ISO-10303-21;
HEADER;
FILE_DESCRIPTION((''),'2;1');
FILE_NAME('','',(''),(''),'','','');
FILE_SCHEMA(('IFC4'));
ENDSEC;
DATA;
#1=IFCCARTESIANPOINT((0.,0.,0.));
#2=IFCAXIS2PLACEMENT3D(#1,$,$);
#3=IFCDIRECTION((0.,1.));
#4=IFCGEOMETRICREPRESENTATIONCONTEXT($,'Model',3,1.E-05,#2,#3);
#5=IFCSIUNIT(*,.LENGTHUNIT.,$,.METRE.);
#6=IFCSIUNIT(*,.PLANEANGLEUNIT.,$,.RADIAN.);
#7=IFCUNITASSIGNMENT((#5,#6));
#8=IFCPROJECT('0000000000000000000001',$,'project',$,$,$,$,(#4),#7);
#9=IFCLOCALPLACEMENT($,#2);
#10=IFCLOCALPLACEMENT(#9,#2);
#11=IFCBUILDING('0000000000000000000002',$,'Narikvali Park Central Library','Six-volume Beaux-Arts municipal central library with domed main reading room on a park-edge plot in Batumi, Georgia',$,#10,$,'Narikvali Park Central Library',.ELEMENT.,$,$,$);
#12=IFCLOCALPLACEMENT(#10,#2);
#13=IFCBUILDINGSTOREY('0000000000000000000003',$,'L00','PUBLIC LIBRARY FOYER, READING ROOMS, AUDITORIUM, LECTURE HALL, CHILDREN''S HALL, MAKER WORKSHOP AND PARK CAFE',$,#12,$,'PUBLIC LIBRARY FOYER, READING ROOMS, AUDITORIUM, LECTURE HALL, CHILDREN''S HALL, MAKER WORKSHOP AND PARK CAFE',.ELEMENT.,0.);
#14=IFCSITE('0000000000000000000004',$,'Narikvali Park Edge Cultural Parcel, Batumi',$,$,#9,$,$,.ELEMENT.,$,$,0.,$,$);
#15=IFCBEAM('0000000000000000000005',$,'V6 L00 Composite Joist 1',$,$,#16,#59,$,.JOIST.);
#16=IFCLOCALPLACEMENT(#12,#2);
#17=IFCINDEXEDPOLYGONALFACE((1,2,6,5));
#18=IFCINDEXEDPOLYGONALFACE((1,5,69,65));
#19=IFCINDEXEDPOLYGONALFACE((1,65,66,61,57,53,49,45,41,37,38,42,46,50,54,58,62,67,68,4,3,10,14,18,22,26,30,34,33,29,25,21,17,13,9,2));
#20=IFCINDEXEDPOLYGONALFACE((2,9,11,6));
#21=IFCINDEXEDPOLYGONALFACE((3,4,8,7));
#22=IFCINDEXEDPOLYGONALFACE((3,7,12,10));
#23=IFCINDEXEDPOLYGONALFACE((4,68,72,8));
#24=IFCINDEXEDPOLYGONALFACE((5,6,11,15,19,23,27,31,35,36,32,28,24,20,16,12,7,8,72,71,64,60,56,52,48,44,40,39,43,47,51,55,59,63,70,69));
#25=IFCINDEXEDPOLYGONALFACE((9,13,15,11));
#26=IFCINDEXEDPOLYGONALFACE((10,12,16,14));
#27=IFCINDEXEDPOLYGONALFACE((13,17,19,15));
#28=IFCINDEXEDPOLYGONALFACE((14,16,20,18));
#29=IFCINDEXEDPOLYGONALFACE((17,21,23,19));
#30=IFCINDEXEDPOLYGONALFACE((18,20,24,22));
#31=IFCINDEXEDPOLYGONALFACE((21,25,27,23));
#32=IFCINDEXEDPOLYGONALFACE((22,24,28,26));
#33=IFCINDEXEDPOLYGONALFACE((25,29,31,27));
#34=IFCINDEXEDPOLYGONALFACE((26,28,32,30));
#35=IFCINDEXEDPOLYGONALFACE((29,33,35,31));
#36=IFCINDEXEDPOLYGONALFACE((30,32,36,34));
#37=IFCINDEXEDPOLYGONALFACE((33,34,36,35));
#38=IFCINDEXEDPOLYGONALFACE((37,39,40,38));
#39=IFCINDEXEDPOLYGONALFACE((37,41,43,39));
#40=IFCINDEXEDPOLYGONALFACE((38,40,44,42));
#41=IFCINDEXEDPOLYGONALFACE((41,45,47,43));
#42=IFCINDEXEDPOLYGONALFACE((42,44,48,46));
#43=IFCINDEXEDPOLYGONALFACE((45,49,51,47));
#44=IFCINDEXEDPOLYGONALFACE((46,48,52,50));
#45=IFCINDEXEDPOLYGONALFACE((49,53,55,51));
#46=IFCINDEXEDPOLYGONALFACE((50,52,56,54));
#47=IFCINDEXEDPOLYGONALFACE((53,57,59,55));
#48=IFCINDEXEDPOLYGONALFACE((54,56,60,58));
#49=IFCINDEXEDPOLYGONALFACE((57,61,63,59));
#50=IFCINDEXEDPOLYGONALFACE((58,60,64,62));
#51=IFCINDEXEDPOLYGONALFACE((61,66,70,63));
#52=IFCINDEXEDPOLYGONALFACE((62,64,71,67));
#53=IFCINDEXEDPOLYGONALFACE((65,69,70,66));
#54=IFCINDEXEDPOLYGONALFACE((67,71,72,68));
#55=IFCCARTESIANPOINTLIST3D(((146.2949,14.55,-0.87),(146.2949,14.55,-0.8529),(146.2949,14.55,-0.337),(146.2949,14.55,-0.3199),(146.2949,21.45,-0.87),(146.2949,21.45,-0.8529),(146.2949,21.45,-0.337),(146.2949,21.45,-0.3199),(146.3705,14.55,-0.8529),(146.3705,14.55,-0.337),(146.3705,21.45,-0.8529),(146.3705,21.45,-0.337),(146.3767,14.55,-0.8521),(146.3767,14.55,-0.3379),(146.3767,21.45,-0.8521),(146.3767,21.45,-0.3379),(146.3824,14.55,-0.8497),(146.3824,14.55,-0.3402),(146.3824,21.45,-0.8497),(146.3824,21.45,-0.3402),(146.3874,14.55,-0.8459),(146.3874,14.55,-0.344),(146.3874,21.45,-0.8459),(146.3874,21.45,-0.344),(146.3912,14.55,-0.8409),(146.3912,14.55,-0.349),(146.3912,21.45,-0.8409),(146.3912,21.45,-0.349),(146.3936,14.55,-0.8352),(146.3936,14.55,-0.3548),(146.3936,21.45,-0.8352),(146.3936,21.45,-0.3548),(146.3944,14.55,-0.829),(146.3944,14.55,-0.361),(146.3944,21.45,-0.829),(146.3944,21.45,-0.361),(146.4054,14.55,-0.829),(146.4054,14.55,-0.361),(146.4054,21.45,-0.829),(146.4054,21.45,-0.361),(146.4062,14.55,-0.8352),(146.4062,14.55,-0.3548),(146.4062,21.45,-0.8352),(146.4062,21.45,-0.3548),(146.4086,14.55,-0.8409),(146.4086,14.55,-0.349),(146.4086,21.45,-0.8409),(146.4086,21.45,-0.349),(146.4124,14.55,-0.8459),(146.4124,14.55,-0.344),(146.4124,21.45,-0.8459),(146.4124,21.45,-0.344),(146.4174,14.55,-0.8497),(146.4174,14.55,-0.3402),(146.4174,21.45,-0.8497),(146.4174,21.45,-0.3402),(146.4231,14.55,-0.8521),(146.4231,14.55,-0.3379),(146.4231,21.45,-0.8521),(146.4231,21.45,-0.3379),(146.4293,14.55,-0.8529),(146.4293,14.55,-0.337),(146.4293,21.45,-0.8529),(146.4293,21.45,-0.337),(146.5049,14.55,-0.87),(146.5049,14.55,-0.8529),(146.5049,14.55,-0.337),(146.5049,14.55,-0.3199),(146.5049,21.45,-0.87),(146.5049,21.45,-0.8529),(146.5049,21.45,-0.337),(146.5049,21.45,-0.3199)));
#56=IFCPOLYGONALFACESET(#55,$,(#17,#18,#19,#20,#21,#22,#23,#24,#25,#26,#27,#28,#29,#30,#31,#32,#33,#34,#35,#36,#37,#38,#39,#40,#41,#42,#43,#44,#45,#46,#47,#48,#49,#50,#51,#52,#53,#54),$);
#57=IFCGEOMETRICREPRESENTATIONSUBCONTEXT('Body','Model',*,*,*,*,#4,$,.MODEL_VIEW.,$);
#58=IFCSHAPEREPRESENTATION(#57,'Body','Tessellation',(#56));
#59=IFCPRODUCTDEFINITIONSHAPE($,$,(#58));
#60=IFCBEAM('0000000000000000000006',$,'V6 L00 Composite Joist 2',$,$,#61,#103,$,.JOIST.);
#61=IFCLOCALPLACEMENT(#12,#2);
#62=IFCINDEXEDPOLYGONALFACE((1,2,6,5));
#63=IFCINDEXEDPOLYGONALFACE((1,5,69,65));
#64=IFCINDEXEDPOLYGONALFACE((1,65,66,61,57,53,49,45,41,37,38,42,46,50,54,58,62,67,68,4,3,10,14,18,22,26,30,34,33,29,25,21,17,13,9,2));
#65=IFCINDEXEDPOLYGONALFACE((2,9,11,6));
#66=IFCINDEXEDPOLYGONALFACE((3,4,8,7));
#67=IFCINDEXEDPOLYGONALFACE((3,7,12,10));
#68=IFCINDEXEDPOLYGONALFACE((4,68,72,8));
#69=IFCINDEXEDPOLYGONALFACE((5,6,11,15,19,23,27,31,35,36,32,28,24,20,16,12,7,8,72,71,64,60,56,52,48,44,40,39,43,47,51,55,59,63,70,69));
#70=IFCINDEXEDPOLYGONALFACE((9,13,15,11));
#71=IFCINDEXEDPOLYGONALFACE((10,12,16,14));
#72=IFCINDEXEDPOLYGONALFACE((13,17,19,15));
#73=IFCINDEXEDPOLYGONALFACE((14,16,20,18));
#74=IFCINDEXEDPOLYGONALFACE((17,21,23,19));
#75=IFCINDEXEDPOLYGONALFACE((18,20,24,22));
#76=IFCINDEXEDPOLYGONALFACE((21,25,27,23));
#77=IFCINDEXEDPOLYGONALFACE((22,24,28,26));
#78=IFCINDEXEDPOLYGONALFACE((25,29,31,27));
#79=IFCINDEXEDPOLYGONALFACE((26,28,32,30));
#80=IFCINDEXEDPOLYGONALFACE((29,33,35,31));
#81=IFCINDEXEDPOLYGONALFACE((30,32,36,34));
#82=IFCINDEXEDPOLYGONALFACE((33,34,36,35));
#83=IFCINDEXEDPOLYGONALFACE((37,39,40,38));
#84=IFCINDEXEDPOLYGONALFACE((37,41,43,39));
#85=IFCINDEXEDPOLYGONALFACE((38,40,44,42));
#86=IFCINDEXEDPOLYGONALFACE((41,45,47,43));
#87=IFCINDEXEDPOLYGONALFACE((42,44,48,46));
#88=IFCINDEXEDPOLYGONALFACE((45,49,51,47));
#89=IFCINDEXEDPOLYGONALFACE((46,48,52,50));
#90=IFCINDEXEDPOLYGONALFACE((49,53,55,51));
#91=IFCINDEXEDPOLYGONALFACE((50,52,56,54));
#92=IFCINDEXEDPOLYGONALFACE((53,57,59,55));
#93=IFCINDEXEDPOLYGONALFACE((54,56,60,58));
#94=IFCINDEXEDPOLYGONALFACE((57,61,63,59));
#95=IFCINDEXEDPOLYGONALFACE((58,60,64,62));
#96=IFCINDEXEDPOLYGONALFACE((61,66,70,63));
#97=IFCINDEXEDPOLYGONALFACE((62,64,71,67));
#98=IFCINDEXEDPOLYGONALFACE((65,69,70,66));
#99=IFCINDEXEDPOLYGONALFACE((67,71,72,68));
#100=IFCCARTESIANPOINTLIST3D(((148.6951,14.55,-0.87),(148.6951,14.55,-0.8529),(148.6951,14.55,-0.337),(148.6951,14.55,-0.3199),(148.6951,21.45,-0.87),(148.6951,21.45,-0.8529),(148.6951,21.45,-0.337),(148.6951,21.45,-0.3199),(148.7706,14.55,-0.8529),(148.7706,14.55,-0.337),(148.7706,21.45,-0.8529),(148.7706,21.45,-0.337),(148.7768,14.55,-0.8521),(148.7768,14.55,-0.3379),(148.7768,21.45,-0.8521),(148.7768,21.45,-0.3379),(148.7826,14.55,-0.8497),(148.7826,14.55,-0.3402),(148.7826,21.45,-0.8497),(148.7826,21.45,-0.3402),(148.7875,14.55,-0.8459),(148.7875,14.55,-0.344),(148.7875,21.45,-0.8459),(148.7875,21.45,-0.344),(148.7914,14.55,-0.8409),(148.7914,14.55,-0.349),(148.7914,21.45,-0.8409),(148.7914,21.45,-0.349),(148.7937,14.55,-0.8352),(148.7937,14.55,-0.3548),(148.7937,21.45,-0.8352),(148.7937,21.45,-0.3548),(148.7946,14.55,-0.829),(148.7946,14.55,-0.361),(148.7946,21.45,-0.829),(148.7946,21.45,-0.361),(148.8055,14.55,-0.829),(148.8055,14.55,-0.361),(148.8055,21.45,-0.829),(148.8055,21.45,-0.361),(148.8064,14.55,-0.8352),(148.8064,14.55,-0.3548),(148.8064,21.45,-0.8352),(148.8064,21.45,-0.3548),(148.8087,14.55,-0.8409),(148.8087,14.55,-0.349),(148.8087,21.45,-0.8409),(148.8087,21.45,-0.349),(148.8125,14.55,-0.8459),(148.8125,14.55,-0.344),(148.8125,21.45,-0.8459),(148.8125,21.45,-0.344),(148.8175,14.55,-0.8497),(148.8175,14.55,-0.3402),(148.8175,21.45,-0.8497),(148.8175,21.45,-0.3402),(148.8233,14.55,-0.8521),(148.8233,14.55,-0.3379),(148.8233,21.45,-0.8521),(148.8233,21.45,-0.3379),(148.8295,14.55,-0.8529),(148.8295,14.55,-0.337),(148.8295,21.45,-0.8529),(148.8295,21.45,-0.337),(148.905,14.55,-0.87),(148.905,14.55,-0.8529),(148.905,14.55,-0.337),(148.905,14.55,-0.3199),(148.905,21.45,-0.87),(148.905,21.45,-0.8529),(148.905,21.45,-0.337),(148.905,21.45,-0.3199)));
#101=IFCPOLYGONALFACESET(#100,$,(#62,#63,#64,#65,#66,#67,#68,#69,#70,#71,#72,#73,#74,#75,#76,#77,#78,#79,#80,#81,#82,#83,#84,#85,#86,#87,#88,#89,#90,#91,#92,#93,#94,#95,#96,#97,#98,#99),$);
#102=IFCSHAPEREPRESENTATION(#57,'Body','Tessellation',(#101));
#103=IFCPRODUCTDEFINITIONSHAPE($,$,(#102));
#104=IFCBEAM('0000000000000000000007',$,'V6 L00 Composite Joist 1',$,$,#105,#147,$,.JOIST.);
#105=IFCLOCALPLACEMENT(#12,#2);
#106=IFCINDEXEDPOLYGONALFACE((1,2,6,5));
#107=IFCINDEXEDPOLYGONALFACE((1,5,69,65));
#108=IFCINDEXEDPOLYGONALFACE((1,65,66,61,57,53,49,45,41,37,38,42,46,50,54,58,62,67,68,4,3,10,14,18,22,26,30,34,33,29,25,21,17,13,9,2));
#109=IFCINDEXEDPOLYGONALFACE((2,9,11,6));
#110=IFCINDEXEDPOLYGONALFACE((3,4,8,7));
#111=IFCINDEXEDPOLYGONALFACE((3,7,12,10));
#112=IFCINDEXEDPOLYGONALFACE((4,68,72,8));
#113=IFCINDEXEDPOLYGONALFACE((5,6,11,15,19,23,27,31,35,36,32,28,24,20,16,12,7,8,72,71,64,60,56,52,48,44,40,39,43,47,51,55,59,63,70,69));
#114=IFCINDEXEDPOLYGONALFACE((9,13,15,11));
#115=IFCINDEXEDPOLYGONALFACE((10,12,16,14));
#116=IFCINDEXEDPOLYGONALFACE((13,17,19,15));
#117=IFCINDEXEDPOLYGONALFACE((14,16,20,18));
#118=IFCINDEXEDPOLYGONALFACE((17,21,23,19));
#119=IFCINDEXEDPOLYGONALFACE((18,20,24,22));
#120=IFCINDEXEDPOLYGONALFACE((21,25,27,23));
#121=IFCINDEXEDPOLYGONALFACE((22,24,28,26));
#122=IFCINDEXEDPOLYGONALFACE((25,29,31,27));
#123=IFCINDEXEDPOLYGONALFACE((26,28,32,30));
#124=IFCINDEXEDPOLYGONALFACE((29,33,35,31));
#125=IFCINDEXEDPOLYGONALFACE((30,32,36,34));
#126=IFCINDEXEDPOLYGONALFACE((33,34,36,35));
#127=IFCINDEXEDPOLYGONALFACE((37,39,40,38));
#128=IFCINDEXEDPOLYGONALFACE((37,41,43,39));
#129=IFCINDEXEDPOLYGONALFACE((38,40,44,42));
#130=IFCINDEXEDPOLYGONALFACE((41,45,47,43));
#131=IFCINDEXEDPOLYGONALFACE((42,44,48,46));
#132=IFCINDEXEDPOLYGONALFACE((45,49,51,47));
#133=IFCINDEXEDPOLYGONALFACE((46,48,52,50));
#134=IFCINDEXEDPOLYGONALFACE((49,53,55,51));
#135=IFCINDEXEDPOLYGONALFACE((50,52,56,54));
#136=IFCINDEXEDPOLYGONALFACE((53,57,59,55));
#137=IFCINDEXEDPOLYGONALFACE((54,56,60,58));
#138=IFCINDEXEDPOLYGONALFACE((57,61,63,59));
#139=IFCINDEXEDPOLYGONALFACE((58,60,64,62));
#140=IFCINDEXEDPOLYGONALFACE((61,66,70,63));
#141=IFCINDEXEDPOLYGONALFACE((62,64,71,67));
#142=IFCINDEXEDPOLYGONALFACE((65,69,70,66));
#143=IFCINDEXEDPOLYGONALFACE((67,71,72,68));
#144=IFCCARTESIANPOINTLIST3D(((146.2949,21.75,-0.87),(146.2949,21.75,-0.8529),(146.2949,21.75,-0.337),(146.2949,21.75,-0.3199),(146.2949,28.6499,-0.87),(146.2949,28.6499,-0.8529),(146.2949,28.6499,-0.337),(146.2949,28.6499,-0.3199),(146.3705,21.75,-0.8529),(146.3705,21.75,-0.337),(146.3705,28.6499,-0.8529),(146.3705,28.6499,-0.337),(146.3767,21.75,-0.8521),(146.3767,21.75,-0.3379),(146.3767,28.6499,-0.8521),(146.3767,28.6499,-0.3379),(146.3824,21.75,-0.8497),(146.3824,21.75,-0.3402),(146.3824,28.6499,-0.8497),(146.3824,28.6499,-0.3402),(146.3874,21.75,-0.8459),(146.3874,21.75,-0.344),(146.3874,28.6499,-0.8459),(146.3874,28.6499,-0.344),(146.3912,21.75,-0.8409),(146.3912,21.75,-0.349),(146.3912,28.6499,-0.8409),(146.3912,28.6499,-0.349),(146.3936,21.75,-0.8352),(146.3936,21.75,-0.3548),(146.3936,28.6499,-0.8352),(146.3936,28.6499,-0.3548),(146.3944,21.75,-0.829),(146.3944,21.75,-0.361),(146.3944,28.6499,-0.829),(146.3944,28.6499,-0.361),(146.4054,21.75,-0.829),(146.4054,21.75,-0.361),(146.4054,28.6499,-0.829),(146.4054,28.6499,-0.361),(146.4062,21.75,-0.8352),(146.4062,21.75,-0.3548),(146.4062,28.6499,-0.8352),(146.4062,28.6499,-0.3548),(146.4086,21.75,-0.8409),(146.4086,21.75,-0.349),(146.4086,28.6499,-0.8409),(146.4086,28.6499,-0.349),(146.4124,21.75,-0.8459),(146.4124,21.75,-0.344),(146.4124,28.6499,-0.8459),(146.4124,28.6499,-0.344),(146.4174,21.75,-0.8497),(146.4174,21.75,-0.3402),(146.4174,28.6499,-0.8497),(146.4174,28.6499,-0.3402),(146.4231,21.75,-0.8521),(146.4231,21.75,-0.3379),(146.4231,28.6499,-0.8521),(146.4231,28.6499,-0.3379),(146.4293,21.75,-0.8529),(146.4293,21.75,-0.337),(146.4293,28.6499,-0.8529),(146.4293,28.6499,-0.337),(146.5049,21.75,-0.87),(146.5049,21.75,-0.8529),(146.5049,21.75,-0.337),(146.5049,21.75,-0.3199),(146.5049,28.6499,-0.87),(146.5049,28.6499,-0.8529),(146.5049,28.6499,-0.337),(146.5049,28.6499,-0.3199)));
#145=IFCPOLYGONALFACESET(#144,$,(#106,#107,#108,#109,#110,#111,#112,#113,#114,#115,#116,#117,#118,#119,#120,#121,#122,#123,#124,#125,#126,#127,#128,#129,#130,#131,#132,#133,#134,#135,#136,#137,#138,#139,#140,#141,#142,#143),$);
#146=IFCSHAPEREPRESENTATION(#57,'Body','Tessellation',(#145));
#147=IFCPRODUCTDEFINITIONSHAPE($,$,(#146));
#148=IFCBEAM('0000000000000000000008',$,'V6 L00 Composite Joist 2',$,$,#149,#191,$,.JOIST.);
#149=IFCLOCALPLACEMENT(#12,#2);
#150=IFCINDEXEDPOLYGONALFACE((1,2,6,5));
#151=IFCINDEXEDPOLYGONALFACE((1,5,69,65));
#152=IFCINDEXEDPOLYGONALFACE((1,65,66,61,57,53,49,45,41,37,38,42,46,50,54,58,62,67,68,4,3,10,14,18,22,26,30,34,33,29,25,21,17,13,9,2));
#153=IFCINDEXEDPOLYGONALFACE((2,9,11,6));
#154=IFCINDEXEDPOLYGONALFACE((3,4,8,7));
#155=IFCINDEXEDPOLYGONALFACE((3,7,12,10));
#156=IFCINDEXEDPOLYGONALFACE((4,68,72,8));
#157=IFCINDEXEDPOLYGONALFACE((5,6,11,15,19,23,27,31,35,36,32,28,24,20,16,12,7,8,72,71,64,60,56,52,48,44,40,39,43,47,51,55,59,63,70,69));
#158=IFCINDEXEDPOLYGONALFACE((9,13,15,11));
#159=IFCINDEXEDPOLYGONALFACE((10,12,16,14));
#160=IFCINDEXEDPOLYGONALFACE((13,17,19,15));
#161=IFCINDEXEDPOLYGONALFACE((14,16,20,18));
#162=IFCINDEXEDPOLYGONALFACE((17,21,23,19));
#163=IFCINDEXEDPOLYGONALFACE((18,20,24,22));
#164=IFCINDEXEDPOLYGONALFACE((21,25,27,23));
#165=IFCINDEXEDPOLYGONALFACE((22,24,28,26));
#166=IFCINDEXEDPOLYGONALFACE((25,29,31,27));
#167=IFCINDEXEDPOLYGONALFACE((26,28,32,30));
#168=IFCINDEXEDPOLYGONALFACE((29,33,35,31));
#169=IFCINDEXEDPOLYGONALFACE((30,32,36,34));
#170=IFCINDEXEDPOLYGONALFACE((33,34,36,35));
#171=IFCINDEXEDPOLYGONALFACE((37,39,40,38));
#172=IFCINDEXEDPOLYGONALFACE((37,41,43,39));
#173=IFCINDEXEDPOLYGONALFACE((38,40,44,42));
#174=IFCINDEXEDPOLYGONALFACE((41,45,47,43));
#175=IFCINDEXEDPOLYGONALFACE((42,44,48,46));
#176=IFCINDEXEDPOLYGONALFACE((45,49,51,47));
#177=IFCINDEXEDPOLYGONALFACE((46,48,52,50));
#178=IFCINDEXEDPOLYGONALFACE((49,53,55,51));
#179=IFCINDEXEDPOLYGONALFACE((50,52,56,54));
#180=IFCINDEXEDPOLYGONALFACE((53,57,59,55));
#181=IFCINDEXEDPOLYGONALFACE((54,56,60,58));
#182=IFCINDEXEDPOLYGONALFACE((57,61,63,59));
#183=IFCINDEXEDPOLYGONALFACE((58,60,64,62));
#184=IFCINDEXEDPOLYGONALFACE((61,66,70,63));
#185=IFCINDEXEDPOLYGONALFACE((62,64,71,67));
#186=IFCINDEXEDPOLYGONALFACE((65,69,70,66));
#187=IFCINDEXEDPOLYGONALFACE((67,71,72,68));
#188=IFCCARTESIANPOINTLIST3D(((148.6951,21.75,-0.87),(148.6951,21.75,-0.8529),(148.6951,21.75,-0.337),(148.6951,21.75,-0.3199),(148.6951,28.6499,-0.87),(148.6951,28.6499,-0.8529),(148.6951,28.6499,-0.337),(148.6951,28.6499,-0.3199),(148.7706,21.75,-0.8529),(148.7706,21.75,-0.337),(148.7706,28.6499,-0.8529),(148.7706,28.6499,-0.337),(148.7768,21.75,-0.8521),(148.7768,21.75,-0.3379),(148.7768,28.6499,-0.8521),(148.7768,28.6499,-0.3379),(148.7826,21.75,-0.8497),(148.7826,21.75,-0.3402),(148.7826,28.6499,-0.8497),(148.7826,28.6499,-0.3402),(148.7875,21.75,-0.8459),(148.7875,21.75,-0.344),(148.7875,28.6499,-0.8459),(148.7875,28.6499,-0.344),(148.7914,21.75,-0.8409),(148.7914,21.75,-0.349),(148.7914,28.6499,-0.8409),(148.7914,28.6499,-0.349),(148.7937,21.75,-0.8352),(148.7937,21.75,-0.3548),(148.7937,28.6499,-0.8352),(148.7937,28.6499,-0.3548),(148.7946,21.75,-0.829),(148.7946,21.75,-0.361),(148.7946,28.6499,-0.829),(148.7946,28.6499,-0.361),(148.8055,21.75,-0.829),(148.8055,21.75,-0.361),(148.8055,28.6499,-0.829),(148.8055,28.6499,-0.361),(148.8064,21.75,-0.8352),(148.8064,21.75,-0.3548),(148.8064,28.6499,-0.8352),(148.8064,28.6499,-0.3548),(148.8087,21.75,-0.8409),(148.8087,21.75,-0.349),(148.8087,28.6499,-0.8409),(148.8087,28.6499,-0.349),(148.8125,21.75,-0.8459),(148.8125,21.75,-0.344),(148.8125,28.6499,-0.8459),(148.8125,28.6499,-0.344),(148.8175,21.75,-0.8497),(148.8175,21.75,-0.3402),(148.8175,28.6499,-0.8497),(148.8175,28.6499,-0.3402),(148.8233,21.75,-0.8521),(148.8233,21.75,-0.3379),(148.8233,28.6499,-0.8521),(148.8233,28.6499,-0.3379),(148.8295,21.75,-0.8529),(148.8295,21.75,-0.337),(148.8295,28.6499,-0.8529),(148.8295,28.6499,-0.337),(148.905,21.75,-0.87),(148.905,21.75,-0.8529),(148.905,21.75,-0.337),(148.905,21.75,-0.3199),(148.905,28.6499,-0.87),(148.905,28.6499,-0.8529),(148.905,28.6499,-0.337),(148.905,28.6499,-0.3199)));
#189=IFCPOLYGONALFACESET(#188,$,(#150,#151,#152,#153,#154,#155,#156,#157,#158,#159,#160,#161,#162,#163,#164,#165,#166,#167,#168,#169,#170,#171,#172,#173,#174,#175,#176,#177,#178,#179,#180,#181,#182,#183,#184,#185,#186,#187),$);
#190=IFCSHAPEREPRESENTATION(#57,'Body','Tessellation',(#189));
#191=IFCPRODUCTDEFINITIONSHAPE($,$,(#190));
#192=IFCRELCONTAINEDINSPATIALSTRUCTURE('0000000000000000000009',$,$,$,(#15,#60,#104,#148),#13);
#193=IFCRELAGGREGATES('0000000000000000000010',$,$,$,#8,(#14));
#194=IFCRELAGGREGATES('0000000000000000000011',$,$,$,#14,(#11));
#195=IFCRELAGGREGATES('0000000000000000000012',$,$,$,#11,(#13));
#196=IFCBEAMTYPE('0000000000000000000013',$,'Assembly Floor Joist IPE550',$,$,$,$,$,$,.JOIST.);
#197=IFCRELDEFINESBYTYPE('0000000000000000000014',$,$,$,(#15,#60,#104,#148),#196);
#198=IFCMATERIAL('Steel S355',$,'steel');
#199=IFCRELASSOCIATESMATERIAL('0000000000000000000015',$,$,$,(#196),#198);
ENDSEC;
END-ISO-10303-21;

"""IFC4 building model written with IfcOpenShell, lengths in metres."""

from ifc_helpers import new_model, si_unit, direction, frame, origin, origin_2d, place, context, subcontext, project, spatial, i_section, extrude, material, material_profile, profile_set, type_object, element, save


model = new_model("IFC4")

# Units and contexts
model_context = context("Model", 3, precision=1e-05, world=origin(), true_north=direction((0.0, 1.0)))
body_context = subcontext(model_context, "Body", "Model", "MODEL_VIEW")
ifc_project = project(units=[si_unit("LENGTHUNIT", "METRE"), si_unit("PLANEANGLEUNIT", "RADIAN")], contexts=[model_context])

# Site, building, storey
site_placement = place(None, origin())
site = spatial("IfcSite", under=ifc_project, at=site_placement, Name="Narikvali Park Edge Cultural Parcel, Batumi", CompositionType="ELEMENT", RefElevation=0.0)
building_placement = place(site_placement, origin())
building = spatial("IfcBuilding", under=site, at=building_placement, Name="Narikvali Park Central Library", Description="Six-volume Beaux-Arts municipal central library with domed main reading room on a park-edge plot in Batumi, Georgia", LongName="Narikvali Park Central Library", CompositionType="ELEMENT")
storey_placement = place(building_placement, origin())
storey = spatial("IfcBuildingStorey", under=building, at=storey_placement, Name="L00", Description="PUBLIC LIBRARY FOYER, READING ROOMS, AUDITORIUM, LECTURE HALL, CHILDREN'S HALL, MAKER WORKSHOP AND PARK CAFE", LongName="PUBLIC LIBRARY FOYER, READING ROOMS, AUDITORIUM, LECTURE HALL, CHILDREN'S HALL, MAKER WORKSHOP AND PARK CAFE", CompositionType="ELEMENT", Elevation=0.0)

# Shared definitions
ifc_material_1 = material(Name="Steel S355", Category="steel")

# Beams
ifc_material_profile_1 = material_profile(ifc_material_1, i_section(OverallWidth=0.21, OverallDepth=0.55, WebThickness=0.011, FlangeThickness=0.0171, FilletRadius=0.0239, at=origin_2d()), Name="IPE 550")
ifc_profile_set_1 = profile_set([ifc_material_profile_1], Name="Steel S355")
beam_type_1 = type_object("IfcBeamType", Name="Assembly Floor Joist IPE550", PredefinedType="JOIST", material=ifc_profile_set_1)
for number, where, z_axis, x_axis, name in (
    (1, (146.3999, 14.55, -0.595), (0.0, 1.0, 0.0), (-1.0, 0.0, 0.0), "V6 L00 Composite Joist 1"),
    (2, (148.8, 14.55, -0.595), (0.0, 1.0, 0.0), (-1.0, 0.0, 0.0), "V6 L00 Composite Joist 2"),
    (3, (146.3999, 21.75, -0.595), (0.0, 1.0, 0.0), (-1.0, 0.0, 0.0), "V6 L00 Composite Joist 1"),
    (4, (148.8, 21.75, -0.595), (0.0, 1.0, 0.0), (-1.0, 0.0, 0.0), "V6 L00 Composite Joist 2"),
):
    element("IfcBeam", number, at=place(storey_placement, frame(where, z_axis=z_axis, x_axis=x_axis)), inside=storey, type_object=beam_type_1, Name=name, PredefinedType="JOIST", context=body_context, shape_type="SweptSolid", body=[
        extrude(i_section(OverallWidth=0.21, OverallDepth=0.55, WebThickness=0.011, FlangeThickness=0.0171, FilletRadius=0.0239, at=origin_2d()), origin(), (0.0, 0.0, 1.0), 6.8999),
    ])

save(model, "model.ifc")
